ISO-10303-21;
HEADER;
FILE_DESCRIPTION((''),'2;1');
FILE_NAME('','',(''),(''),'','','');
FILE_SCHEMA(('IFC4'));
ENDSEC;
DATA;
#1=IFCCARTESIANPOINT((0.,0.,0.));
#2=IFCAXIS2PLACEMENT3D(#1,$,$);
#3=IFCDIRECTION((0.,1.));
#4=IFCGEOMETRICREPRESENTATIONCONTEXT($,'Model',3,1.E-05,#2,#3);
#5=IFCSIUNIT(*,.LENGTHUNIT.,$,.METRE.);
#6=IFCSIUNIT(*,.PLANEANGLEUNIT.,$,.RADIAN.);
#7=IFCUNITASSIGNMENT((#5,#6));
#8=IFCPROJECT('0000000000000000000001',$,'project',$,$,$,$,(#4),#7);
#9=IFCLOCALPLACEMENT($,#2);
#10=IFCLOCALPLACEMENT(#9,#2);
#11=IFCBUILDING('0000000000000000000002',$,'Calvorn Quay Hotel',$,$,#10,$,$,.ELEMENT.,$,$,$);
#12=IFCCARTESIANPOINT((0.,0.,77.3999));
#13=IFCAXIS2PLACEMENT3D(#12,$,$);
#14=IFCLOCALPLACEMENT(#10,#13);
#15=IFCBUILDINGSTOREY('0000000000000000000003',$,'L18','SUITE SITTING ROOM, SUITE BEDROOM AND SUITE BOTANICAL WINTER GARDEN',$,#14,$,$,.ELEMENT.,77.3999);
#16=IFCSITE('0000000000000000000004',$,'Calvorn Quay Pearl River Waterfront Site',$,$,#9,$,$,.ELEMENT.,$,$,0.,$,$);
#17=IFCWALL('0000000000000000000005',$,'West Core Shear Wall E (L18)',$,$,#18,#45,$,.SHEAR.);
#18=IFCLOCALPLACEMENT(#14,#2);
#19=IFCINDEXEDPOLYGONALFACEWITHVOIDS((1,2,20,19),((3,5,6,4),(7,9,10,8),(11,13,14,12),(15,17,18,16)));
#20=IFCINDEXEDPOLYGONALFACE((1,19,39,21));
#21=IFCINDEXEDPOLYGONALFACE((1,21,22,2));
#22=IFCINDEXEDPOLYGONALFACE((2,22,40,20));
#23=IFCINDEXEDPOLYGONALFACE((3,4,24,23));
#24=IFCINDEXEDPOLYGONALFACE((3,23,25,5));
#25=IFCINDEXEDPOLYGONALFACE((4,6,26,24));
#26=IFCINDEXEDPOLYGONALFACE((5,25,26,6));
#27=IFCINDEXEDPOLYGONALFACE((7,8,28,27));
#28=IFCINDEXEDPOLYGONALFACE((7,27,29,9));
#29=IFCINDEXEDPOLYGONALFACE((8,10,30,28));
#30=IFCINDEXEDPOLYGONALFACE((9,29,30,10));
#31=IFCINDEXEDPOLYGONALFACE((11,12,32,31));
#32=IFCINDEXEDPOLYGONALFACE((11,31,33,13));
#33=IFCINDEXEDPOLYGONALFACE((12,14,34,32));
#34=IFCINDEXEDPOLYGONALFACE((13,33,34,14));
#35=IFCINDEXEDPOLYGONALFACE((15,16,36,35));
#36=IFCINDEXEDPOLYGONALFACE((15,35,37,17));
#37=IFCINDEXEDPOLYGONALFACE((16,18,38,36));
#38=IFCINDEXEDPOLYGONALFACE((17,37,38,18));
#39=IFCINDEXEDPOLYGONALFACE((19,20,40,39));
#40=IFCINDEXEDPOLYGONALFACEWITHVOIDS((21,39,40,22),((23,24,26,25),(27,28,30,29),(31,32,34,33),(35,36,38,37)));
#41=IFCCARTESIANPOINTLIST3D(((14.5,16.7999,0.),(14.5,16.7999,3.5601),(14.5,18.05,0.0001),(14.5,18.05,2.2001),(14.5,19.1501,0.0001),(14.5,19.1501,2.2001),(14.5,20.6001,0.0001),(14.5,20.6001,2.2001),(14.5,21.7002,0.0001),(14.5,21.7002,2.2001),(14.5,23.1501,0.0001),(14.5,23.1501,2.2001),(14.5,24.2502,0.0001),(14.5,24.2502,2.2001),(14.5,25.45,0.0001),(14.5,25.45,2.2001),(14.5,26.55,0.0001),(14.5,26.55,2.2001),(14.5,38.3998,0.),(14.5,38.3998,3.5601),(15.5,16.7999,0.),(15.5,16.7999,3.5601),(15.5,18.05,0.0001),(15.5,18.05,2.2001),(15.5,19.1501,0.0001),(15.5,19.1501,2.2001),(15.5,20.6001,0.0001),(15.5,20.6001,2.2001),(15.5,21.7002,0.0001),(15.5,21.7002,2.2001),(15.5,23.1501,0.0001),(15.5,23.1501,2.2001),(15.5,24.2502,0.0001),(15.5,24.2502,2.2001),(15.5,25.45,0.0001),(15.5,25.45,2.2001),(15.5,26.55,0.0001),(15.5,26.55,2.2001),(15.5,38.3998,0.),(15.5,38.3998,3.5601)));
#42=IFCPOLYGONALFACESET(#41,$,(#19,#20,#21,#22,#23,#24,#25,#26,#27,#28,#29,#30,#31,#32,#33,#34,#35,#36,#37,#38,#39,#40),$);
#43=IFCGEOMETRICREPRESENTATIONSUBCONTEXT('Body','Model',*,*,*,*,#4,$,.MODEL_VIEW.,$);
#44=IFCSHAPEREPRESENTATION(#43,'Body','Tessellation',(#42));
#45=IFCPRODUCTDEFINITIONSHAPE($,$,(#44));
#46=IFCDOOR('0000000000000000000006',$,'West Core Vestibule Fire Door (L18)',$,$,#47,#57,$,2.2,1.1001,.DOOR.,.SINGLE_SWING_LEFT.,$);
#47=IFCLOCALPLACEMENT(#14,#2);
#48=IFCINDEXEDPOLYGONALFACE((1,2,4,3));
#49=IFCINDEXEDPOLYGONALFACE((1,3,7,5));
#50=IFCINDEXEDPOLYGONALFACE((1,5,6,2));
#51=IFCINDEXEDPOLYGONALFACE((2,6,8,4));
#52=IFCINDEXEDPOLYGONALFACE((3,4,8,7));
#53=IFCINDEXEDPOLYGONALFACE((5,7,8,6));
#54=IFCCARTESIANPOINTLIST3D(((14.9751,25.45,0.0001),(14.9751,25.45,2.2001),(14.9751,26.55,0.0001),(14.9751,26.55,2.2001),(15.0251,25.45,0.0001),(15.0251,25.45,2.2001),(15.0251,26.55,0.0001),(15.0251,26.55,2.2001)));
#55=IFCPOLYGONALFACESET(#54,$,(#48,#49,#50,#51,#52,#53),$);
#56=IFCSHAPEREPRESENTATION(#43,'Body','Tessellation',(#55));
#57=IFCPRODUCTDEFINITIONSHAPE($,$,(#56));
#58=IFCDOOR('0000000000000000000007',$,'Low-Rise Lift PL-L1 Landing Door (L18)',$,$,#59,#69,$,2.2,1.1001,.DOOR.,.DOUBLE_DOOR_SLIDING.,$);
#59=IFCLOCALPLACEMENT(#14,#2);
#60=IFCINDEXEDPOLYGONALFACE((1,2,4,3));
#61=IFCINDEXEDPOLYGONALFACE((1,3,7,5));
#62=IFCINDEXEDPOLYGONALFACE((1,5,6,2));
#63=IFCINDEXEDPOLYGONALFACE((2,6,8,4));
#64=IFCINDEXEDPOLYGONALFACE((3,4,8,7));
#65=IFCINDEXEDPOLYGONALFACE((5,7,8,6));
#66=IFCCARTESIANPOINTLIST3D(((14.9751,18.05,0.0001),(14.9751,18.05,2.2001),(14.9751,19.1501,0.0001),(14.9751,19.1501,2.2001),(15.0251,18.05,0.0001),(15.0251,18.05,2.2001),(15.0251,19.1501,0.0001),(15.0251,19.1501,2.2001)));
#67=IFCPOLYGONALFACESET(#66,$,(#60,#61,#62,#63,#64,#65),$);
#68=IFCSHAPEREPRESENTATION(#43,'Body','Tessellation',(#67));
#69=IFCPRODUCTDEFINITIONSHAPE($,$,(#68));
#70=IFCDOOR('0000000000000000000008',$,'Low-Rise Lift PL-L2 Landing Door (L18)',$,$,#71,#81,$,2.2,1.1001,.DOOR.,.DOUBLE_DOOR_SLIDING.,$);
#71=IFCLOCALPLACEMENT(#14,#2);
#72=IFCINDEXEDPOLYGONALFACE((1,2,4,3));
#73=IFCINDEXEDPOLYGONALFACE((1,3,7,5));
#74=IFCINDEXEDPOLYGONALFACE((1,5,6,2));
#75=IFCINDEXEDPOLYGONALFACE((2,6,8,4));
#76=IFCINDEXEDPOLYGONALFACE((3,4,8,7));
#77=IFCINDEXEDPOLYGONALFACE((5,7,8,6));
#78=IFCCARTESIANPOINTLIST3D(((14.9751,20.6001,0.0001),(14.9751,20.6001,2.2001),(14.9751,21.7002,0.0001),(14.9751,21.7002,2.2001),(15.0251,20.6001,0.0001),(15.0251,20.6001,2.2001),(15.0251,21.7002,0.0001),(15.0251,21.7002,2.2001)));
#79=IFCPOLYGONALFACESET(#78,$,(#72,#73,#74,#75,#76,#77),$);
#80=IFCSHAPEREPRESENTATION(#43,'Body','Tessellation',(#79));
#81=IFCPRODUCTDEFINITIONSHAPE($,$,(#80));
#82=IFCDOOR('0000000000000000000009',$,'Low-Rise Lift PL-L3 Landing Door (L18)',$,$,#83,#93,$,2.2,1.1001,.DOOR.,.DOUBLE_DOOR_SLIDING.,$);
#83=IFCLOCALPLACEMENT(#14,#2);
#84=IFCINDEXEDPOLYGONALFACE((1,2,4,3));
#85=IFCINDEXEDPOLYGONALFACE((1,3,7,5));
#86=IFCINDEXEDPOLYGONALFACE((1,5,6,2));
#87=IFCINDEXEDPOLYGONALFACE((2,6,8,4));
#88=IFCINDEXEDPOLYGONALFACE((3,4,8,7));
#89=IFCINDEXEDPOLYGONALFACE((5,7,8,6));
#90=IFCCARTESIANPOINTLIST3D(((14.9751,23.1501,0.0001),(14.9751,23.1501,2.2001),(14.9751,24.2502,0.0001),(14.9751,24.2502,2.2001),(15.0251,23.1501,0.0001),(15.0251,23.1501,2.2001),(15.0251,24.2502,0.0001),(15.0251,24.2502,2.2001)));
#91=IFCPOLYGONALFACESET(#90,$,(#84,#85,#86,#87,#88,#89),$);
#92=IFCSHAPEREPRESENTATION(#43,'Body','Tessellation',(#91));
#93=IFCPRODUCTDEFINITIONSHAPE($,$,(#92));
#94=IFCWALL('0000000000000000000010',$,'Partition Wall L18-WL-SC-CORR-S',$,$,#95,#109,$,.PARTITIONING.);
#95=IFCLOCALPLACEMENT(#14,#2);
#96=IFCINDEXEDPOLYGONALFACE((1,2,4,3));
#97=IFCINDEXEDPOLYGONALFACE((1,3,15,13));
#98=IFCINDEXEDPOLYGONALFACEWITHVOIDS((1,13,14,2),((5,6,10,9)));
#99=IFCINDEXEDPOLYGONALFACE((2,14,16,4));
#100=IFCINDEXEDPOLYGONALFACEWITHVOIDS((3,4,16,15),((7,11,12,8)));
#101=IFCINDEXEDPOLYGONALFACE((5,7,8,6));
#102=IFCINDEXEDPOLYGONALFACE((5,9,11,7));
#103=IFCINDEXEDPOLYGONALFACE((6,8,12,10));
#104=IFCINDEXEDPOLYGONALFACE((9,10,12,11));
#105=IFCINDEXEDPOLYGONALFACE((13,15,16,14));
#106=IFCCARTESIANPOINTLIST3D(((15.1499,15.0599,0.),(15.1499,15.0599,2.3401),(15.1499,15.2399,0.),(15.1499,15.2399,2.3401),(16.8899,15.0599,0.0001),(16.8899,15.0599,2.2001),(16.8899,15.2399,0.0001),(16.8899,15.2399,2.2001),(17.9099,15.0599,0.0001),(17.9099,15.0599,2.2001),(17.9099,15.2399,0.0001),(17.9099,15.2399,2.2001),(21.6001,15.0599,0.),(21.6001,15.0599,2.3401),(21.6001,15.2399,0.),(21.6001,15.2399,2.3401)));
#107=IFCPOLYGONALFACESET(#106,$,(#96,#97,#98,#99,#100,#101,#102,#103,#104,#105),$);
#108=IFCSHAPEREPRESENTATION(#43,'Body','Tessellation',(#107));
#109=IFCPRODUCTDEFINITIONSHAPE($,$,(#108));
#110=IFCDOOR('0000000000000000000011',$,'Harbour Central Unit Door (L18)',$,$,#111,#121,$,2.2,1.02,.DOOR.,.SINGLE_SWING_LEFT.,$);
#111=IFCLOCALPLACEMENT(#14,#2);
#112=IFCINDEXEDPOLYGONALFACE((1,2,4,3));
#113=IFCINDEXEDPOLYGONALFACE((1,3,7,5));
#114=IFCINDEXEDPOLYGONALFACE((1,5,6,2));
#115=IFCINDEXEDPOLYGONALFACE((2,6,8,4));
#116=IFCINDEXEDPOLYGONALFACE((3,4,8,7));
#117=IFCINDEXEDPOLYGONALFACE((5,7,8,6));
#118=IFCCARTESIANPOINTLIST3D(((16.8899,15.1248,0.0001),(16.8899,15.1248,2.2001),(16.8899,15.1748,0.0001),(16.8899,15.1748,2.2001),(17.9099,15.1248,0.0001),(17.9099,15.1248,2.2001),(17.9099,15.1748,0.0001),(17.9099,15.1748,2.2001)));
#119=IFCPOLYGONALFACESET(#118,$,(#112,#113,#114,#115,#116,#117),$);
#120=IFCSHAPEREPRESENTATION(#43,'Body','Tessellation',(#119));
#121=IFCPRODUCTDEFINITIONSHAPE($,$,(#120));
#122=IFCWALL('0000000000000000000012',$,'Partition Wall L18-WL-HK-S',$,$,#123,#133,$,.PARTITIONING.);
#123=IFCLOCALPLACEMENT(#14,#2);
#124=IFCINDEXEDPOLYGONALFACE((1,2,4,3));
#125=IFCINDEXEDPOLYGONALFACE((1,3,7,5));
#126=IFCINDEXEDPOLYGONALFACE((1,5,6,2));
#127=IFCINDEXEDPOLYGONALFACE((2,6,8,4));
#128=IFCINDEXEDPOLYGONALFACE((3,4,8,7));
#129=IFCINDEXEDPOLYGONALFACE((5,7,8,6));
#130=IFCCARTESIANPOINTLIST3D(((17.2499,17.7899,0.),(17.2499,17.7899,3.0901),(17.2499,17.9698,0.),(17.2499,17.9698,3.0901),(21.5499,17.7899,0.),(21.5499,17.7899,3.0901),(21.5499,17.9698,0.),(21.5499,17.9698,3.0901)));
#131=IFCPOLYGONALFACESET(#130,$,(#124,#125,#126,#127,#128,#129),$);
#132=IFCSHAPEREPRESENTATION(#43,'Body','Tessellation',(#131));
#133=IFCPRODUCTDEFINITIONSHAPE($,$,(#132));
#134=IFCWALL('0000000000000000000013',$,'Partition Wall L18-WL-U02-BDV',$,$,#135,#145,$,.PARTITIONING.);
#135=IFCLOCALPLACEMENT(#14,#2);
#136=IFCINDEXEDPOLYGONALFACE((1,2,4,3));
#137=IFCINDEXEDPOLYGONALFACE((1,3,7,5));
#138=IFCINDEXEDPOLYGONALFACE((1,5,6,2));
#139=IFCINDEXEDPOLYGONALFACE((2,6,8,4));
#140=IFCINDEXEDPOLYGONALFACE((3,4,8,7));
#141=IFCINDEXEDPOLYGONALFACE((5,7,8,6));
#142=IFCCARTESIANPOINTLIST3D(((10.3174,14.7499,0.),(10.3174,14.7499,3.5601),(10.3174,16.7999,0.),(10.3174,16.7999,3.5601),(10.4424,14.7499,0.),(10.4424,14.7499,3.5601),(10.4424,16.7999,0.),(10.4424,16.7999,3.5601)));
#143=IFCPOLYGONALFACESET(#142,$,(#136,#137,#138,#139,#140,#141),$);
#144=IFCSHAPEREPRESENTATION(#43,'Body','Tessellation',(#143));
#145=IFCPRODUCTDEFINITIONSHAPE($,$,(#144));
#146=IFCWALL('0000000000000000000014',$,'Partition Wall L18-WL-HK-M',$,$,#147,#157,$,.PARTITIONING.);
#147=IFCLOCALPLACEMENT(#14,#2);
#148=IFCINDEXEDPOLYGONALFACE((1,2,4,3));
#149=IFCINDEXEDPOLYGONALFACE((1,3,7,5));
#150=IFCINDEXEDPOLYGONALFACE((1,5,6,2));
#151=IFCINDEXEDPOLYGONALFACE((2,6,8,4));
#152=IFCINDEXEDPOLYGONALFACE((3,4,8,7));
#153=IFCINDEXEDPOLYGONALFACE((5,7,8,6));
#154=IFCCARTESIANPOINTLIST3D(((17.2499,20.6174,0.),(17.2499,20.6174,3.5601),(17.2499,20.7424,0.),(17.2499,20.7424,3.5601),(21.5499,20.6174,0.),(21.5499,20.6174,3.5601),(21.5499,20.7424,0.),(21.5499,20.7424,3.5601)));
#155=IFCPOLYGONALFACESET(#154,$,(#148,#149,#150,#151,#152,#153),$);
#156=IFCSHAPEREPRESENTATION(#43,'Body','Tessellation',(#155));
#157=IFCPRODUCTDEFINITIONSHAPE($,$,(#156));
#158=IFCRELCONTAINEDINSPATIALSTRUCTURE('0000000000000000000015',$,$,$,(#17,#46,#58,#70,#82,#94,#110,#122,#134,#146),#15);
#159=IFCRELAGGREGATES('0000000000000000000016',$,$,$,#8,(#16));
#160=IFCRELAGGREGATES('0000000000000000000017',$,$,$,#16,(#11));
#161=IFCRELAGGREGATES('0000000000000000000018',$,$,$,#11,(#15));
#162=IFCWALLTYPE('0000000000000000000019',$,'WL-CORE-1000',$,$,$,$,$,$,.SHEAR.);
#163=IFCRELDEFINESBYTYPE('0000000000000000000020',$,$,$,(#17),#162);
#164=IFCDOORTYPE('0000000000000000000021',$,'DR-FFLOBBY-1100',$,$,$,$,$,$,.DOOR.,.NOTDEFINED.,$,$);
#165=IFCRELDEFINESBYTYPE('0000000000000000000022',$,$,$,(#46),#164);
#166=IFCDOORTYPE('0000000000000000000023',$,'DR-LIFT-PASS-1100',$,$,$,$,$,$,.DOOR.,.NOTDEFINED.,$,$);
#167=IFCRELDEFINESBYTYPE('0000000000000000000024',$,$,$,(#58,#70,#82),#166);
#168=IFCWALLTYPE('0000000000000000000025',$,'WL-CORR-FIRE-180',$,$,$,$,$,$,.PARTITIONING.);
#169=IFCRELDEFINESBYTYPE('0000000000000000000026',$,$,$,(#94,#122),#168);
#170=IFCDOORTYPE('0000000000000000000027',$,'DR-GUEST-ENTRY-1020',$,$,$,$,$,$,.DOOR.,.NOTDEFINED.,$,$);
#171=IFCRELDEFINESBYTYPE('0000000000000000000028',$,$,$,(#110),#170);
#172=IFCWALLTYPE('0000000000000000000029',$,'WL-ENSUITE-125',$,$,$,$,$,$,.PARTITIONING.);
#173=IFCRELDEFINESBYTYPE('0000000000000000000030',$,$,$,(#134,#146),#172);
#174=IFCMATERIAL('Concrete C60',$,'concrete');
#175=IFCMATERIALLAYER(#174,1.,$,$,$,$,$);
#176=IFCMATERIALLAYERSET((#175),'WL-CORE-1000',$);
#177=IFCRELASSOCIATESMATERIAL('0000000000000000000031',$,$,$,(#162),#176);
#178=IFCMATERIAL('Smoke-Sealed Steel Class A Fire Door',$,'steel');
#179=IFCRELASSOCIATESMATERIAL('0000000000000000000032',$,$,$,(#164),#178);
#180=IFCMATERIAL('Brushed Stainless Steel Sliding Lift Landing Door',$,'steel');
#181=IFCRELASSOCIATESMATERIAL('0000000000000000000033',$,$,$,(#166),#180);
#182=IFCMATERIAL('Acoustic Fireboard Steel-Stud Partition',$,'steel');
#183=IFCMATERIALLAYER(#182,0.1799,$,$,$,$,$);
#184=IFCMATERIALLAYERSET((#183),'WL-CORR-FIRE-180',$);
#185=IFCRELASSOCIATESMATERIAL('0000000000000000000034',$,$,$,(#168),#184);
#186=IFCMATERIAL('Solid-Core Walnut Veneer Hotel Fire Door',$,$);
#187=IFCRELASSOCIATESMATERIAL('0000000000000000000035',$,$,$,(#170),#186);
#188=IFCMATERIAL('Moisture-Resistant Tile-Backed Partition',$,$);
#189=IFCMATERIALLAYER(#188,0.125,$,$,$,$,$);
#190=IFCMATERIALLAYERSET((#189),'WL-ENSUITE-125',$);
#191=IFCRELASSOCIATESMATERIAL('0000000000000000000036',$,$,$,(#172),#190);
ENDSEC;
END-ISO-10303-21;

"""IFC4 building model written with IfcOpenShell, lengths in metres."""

from ifc_helpers import new_model, si_unit, direction, frame, frame_2d, origin, place, context, subcontext, project, spatial, rectangle, extrude, material, layer, layer_set, type_object, element, fill, save


model = new_model("IFC4")

# Units and contexts
model_context = context("Model", 3, precision=1e-05, world=origin(), true_north=direction((0.0, 1.0)))
body_context = subcontext(model_context, "Body", "Model", "MODEL_VIEW")
ifc_project = project(units=[si_unit("LENGTHUNIT", "METRE"), si_unit("PLANEANGLEUNIT", "RADIAN")], contexts=[model_context])

# Site, building, storey
site_placement = place(None, origin())
site = spatial("IfcSite", under=ifc_project, at=site_placement, Name="Calvorn Quay Pearl River Waterfront Site", CompositionType="ELEMENT", RefElevation=0.0)
building_placement = place(site_placement, origin())
building = spatial("IfcBuilding", under=site, at=building_placement, Name="Calvorn Quay Hotel", CompositionType="ELEMENT")
storey_placement = place(building_placement, frame((0.0, 0.0, 77.3999)))
storey = spatial("IfcBuildingStorey", under=building, at=storey_placement, Name="L18", Description="SUITE SITTING ROOM, SUITE BEDROOM AND SUITE BOTANICAL WINTER GARDEN", CompositionType="ELEMENT", Elevation=77.3999)

# Wall, openings, doors
ifc_material_1 = material(Name="Concrete C60", Category="concrete")
ifc_layer_1 = layer(ifc_material_1, 1.0)
ifc_layer_set_1 = layer_set([ifc_layer_1], Name="WL-CORE-1000")
wall_type_1 = type_object("IfcWallType", Name="WL-CORE-1000", PredefinedType="SHEAR", material=ifc_layer_set_1)
wall_1_placement = place(storey_placement, frame((15.0, 16.8, 0.0), z_axis=(0.0, 0.0, 1.0), x_axis=(0.0, 1.0, 0.0)))
wall_1 = element("IfcWall", 1, at=wall_1_placement, inside=storey, type_object=wall_type_1, Name="West Core Shear Wall E (L18)", PredefinedType="SHEAR", context=body_context, shape_type="SweptSolid", body=[
    extrude(rectangle(XDim=21.5999, YDim=1.0, at=frame_2d((10.7998, 0.0))), origin(), (0.0, 0.0, 1.0), 3.5601),
])
opening_1_placement = place(wall_1_placement, frame((8.6499, 0.0, 0.0)))
opening_1 = element("IfcOpeningElement", 2, at=opening_1_placement, cuts=wall_1, PredefinedType="OPENING", context=body_context, shape_type="SweptSolid", body=[
    extrude(rectangle(XDim=1.1001, YDim=2.2, at=frame_2d((0.55, 1.1001))), frame((0.0, 0.51, 0.0), z_axis=(0.0, -1.0, 0.0), x_axis=(1.0, 0.0, 0.0)), (0.0, 0.0, 1.0), 1.02),
])
opening_2_placement = place(wall_1_placement, frame((1.25, 0.0, 0.0)))
opening_2 = element("IfcOpeningElement", 3, at=opening_2_placement, cuts=wall_1, PredefinedType="OPENING", context=body_context, shape_type="SweptSolid", body=[
    extrude(rectangle(XDim=1.1001, YDim=2.2, at=frame_2d((0.55, 1.1001))), frame((0.0, 0.51, 0.0), z_axis=(0.0, -1.0, 0.0), x_axis=(1.0, 0.0, 0.0)), (0.0, 0.0, 1.0), 1.02),
])
opening_3_placement = place(wall_1_placement, frame((3.8, 0.0, 0.0)))
opening_3 = element("IfcOpeningElement", 4, at=opening_3_placement, cuts=wall_1, PredefinedType="OPENING", context=body_context, shape_type="SweptSolid", body=[
    extrude(rectangle(XDim=1.1001, YDim=2.2, at=frame_2d((0.55, 1.1001))), frame((0.0, 0.51, 0.0), z_axis=(0.0, -1.0, 0.0), x_axis=(1.0, 0.0, 0.0)), (0.0, 0.0, 1.0), 1.02),
])
opening_4_placement = place(wall_1_placement, frame((6.3501, 0.0, 0.0)))
opening_4 = element("IfcOpeningElement", 5, at=opening_4_placement, cuts=wall_1, PredefinedType="OPENING", context=body_context, shape_type="SweptSolid", body=[
    extrude(rectangle(XDim=1.1001, YDim=2.2, at=frame_2d((0.55, 1.1001))), frame((0.0, 0.51, 0.0), z_axis=(0.0, -1.0, 0.0), x_axis=(1.0, 0.0, 0.0)), (0.0, 0.0, 1.0), 1.02),
])
ifc_material_2 = material(Name="Smoke-Sealed Steel Class A Fire Door", Category="steel")
door_type_1 = type_object("IfcDoorType", Name="DR-FFLOBBY-1100", OperationType="NOTDEFINED", PredefinedType="DOOR", material=ifc_material_2)
door_1_placement = place(opening_1_placement, origin())
door_1 = element("IfcDoor", 6, at=door_1_placement, inside=storey, type_object=door_type_1, Name="West Core Vestibule Fire Door (L18)", OperationType="SINGLE_SWING_LEFT", OverallHeight=2.2, OverallWidth=1.1001, PredefinedType="DOOR", context=body_context, shape_type="SweptSolid", body=[
    extrude(rectangle(XDim=1.1001, YDim=2.2, at=frame_2d((0.55, 1.1001))), frame((0.0, 0.0249, 0.0), z_axis=(0.0, -1.0, 0.0), x_axis=(1.0, 0.0, 0.0)), (0.0, 0.0, 1.0), 0.05),
])
fill(opening_1, door_1)
ifc_material_3 = material(Name="Brushed Stainless Steel Sliding Lift Landing Door", Category="steel")
door_type_2 = type_object("IfcDoorType", Name="DR-LIFT-PASS-1100", OperationType="NOTDEFINED", PredefinedType="DOOR", material=ifc_material_3)
door_2_placement = place(opening_2_placement, origin())
door_2 = element("IfcDoor", 7, at=door_2_placement, inside=storey, type_object=door_type_2, Name="Low-Rise Lift PL-L1 Landing Door (L18)", OperationType="DOUBLE_DOOR_SLIDING", OverallHeight=2.2, OverallWidth=1.1001, PredefinedType="DOOR", context=body_context, shape_type="SweptSolid", body=[
    extrude(rectangle(XDim=1.1001, YDim=2.2, at=frame_2d((0.55, 1.1001))), frame((0.0, 0.0249, 0.0), z_axis=(0.0, -1.0, 0.0), x_axis=(1.0, 0.0, 0.0)), (0.0, 0.0, 1.0), 0.05),
])
fill(opening_2, door_2)
door_3_placement = place(opening_3_placement, origin())
door_3 = element("IfcDoor", 8, at=door_3_placement, inside=storey, type_object=door_type_2, Name="Low-Rise Lift PL-L2 Landing Door (L18)", OperationType="DOUBLE_DOOR_SLIDING", OverallHeight=2.2, OverallWidth=1.1001, PredefinedType="DOOR", context=body_context, shape_type="SweptSolid", body=[
    extrude(rectangle(XDim=1.1001, YDim=2.2, at=frame_2d((0.55, 1.1001))), frame((0.0, 0.0249, 0.0), z_axis=(0.0, -1.0, 0.0), x_axis=(1.0, 0.0, 0.0)), (0.0, 0.0, 1.0), 0.05),
])
fill(opening_3, door_3)
door_4_placement = place(opening_4_placement, origin())
door_4 = element("IfcDoor", 9, at=door_4_placement, inside=storey, type_object=door_type_2, Name="Low-Rise Lift PL-L3 Landing Door (L18)", OperationType="DOUBLE_DOOR_SLIDING", OverallHeight=2.2, OverallWidth=1.1001, PredefinedType="DOOR", context=body_context, shape_type="SweptSolid", body=[
    extrude(rectangle(XDim=1.1001, YDim=2.2, at=frame_2d((0.55, 1.1001))), frame((0.0, 0.0249, 0.0), z_axis=(0.0, -1.0, 0.0), x_axis=(1.0, 0.0, 0.0)), (0.0, 0.0, 1.0), 0.05),
])
fill(opening_4, door_4)

# Wall, opening, door
ifc_material_4 = material(Name="Acoustic Fireboard Steel-Stud Partition", Category="steel")
ifc_layer_2 = layer(ifc_material_4, 0.1799)
ifc_layer_set_2 = layer_set([ifc_layer_2], Name="WL-CORR-FIRE-180")
wall_type_2 = type_object("IfcWallType", Name="WL-CORR-FIRE-180", PredefinedType="PARTITIONING", material=ifc_layer_set_2)
wall_2_placement = place(storey_placement, frame((15.1499, 15.1499, 0.0), z_axis=(0.0, 0.0, 1.0), x_axis=(1.0, 0.0, 0.0)))
wall_2 = element("IfcWall", 10, at=wall_2_placement, inside=storey, type_object=wall_type_2, Name="Partition Wall L18-WL-SC-CORR-S", PredefinedType="PARTITIONING", context=body_context, shape_type="SweptSolid", body=[
    extrude(rectangle(XDim=6.4502, YDim=0.1799, at=frame_2d((3.2251, 0.0))), origin(), (0.0, 0.0, 1.0), 2.3401),
])
opening_5_placement = place(wall_2_placement, frame((1.74, 0.0, 0.0)))
opening_5 = element("IfcOpeningElement", 11, at=opening_5_placement, cuts=wall_2, PredefinedType="OPENING", context=body_context, shape_type="SweptSolid", body=[
    extrude(rectangle(XDim=1.02, YDim=2.2, at=frame_2d((0.51, 1.1001))), frame((0.0, 0.0999, 0.0), z_axis=(0.0, -1.0, 0.0), x_axis=(1.0, 0.0, 0.0)), (0.0, 0.0, 1.0), 0.2),
])
ifc_material_5 = material(Name="Solid-Core Walnut Veneer Hotel Fire Door")
door_type_3 = type_object("IfcDoorType", Name="DR-GUEST-ENTRY-1020", OperationType="NOTDEFINED", PredefinedType="DOOR", material=ifc_material_5)
door_5_placement = place(opening_5_placement, origin())
door_5 = element("IfcDoor", 12, at=door_5_placement, inside=storey, type_object=door_type_3, Name="Harbour Central Unit Door (L18)", OperationType="SINGLE_SWING_LEFT", OverallHeight=2.2, OverallWidth=1.02, PredefinedType="DOOR", context=body_context, shape_type="SweptSolid", body=[
    extrude(rectangle(XDim=1.02, YDim=2.2, at=frame_2d((0.51, 1.1001))), frame((0.0, 0.0249, 0.0), z_axis=(0.0, -1.0, 0.0), x_axis=(1.0, 0.0, 0.0)), (0.0, 0.0, 1.0), 0.05),
])
fill(opening_5, door_5)

# Walls
wall_3_placement = place(storey_placement, frame((17.25, 17.8799, 0.0), z_axis=(0.0, 0.0, 1.0), x_axis=(1.0, 0.0, 0.0)))
element("IfcWall", 13, at=wall_3_placement, inside=storey, type_object=wall_type_2, Name="Partition Wall L18-WL-HK-S", PredefinedType="PARTITIONING", context=body_context, shape_type="SweptSolid", body=[
    extrude(rectangle(XDim=4.3, YDim=0.1799, at=frame_2d((2.1499, 0.0))), origin(), (0.0, 0.0, 1.0), 3.0901),
])
ifc_material_6 = material(Name="Moisture-Resistant Tile-Backed Partition")
ifc_layer_3 = layer(ifc_material_6, 0.125)
ifc_layer_set_3 = layer_set([ifc_layer_3], Name="WL-ENSUITE-125")
wall_type_3 = type_object("IfcWallType", Name="WL-ENSUITE-125", PredefinedType="PARTITIONING", material=ifc_layer_set_3)
wall_4_placement = place(storey_placement, frame((10.3799, 14.75, 0.0), z_axis=(0.0, 0.0, 1.0), x_axis=(0.0, 1.0, 0.0)))
element("IfcWall", 14, at=wall_4_placement, inside=storey, type_object=wall_type_3, Name="Partition Wall L18-WL-U02-BDV", PredefinedType="PARTITIONING", context=body_context, shape_type="SweptSolid", body=[
    extrude(rectangle(XDim=2.05, YDim=0.125, at=frame_2d((1.0249, 0.0))), origin(), (0.0, 0.0, 1.0), 3.5601),
])
wall_5_placement = place(storey_placement, frame((17.25, 20.6799, 0.0), z_axis=(0.0, 0.0, 1.0), x_axis=(1.0, 0.0, 0.0)))
element("IfcWall", 15, at=wall_5_placement, inside=storey, type_object=wall_type_3, Name="Partition Wall L18-WL-HK-M", PredefinedType="PARTITIONING", context=body_context, shape_type="SweptSolid", body=[
    extrude(rectangle(XDim=4.3, YDim=0.125, at=frame_2d((2.1499, 0.0))), origin(), (0.0, 0.0, 1.0), 3.5601),
])

save(model, "model.ifc")
